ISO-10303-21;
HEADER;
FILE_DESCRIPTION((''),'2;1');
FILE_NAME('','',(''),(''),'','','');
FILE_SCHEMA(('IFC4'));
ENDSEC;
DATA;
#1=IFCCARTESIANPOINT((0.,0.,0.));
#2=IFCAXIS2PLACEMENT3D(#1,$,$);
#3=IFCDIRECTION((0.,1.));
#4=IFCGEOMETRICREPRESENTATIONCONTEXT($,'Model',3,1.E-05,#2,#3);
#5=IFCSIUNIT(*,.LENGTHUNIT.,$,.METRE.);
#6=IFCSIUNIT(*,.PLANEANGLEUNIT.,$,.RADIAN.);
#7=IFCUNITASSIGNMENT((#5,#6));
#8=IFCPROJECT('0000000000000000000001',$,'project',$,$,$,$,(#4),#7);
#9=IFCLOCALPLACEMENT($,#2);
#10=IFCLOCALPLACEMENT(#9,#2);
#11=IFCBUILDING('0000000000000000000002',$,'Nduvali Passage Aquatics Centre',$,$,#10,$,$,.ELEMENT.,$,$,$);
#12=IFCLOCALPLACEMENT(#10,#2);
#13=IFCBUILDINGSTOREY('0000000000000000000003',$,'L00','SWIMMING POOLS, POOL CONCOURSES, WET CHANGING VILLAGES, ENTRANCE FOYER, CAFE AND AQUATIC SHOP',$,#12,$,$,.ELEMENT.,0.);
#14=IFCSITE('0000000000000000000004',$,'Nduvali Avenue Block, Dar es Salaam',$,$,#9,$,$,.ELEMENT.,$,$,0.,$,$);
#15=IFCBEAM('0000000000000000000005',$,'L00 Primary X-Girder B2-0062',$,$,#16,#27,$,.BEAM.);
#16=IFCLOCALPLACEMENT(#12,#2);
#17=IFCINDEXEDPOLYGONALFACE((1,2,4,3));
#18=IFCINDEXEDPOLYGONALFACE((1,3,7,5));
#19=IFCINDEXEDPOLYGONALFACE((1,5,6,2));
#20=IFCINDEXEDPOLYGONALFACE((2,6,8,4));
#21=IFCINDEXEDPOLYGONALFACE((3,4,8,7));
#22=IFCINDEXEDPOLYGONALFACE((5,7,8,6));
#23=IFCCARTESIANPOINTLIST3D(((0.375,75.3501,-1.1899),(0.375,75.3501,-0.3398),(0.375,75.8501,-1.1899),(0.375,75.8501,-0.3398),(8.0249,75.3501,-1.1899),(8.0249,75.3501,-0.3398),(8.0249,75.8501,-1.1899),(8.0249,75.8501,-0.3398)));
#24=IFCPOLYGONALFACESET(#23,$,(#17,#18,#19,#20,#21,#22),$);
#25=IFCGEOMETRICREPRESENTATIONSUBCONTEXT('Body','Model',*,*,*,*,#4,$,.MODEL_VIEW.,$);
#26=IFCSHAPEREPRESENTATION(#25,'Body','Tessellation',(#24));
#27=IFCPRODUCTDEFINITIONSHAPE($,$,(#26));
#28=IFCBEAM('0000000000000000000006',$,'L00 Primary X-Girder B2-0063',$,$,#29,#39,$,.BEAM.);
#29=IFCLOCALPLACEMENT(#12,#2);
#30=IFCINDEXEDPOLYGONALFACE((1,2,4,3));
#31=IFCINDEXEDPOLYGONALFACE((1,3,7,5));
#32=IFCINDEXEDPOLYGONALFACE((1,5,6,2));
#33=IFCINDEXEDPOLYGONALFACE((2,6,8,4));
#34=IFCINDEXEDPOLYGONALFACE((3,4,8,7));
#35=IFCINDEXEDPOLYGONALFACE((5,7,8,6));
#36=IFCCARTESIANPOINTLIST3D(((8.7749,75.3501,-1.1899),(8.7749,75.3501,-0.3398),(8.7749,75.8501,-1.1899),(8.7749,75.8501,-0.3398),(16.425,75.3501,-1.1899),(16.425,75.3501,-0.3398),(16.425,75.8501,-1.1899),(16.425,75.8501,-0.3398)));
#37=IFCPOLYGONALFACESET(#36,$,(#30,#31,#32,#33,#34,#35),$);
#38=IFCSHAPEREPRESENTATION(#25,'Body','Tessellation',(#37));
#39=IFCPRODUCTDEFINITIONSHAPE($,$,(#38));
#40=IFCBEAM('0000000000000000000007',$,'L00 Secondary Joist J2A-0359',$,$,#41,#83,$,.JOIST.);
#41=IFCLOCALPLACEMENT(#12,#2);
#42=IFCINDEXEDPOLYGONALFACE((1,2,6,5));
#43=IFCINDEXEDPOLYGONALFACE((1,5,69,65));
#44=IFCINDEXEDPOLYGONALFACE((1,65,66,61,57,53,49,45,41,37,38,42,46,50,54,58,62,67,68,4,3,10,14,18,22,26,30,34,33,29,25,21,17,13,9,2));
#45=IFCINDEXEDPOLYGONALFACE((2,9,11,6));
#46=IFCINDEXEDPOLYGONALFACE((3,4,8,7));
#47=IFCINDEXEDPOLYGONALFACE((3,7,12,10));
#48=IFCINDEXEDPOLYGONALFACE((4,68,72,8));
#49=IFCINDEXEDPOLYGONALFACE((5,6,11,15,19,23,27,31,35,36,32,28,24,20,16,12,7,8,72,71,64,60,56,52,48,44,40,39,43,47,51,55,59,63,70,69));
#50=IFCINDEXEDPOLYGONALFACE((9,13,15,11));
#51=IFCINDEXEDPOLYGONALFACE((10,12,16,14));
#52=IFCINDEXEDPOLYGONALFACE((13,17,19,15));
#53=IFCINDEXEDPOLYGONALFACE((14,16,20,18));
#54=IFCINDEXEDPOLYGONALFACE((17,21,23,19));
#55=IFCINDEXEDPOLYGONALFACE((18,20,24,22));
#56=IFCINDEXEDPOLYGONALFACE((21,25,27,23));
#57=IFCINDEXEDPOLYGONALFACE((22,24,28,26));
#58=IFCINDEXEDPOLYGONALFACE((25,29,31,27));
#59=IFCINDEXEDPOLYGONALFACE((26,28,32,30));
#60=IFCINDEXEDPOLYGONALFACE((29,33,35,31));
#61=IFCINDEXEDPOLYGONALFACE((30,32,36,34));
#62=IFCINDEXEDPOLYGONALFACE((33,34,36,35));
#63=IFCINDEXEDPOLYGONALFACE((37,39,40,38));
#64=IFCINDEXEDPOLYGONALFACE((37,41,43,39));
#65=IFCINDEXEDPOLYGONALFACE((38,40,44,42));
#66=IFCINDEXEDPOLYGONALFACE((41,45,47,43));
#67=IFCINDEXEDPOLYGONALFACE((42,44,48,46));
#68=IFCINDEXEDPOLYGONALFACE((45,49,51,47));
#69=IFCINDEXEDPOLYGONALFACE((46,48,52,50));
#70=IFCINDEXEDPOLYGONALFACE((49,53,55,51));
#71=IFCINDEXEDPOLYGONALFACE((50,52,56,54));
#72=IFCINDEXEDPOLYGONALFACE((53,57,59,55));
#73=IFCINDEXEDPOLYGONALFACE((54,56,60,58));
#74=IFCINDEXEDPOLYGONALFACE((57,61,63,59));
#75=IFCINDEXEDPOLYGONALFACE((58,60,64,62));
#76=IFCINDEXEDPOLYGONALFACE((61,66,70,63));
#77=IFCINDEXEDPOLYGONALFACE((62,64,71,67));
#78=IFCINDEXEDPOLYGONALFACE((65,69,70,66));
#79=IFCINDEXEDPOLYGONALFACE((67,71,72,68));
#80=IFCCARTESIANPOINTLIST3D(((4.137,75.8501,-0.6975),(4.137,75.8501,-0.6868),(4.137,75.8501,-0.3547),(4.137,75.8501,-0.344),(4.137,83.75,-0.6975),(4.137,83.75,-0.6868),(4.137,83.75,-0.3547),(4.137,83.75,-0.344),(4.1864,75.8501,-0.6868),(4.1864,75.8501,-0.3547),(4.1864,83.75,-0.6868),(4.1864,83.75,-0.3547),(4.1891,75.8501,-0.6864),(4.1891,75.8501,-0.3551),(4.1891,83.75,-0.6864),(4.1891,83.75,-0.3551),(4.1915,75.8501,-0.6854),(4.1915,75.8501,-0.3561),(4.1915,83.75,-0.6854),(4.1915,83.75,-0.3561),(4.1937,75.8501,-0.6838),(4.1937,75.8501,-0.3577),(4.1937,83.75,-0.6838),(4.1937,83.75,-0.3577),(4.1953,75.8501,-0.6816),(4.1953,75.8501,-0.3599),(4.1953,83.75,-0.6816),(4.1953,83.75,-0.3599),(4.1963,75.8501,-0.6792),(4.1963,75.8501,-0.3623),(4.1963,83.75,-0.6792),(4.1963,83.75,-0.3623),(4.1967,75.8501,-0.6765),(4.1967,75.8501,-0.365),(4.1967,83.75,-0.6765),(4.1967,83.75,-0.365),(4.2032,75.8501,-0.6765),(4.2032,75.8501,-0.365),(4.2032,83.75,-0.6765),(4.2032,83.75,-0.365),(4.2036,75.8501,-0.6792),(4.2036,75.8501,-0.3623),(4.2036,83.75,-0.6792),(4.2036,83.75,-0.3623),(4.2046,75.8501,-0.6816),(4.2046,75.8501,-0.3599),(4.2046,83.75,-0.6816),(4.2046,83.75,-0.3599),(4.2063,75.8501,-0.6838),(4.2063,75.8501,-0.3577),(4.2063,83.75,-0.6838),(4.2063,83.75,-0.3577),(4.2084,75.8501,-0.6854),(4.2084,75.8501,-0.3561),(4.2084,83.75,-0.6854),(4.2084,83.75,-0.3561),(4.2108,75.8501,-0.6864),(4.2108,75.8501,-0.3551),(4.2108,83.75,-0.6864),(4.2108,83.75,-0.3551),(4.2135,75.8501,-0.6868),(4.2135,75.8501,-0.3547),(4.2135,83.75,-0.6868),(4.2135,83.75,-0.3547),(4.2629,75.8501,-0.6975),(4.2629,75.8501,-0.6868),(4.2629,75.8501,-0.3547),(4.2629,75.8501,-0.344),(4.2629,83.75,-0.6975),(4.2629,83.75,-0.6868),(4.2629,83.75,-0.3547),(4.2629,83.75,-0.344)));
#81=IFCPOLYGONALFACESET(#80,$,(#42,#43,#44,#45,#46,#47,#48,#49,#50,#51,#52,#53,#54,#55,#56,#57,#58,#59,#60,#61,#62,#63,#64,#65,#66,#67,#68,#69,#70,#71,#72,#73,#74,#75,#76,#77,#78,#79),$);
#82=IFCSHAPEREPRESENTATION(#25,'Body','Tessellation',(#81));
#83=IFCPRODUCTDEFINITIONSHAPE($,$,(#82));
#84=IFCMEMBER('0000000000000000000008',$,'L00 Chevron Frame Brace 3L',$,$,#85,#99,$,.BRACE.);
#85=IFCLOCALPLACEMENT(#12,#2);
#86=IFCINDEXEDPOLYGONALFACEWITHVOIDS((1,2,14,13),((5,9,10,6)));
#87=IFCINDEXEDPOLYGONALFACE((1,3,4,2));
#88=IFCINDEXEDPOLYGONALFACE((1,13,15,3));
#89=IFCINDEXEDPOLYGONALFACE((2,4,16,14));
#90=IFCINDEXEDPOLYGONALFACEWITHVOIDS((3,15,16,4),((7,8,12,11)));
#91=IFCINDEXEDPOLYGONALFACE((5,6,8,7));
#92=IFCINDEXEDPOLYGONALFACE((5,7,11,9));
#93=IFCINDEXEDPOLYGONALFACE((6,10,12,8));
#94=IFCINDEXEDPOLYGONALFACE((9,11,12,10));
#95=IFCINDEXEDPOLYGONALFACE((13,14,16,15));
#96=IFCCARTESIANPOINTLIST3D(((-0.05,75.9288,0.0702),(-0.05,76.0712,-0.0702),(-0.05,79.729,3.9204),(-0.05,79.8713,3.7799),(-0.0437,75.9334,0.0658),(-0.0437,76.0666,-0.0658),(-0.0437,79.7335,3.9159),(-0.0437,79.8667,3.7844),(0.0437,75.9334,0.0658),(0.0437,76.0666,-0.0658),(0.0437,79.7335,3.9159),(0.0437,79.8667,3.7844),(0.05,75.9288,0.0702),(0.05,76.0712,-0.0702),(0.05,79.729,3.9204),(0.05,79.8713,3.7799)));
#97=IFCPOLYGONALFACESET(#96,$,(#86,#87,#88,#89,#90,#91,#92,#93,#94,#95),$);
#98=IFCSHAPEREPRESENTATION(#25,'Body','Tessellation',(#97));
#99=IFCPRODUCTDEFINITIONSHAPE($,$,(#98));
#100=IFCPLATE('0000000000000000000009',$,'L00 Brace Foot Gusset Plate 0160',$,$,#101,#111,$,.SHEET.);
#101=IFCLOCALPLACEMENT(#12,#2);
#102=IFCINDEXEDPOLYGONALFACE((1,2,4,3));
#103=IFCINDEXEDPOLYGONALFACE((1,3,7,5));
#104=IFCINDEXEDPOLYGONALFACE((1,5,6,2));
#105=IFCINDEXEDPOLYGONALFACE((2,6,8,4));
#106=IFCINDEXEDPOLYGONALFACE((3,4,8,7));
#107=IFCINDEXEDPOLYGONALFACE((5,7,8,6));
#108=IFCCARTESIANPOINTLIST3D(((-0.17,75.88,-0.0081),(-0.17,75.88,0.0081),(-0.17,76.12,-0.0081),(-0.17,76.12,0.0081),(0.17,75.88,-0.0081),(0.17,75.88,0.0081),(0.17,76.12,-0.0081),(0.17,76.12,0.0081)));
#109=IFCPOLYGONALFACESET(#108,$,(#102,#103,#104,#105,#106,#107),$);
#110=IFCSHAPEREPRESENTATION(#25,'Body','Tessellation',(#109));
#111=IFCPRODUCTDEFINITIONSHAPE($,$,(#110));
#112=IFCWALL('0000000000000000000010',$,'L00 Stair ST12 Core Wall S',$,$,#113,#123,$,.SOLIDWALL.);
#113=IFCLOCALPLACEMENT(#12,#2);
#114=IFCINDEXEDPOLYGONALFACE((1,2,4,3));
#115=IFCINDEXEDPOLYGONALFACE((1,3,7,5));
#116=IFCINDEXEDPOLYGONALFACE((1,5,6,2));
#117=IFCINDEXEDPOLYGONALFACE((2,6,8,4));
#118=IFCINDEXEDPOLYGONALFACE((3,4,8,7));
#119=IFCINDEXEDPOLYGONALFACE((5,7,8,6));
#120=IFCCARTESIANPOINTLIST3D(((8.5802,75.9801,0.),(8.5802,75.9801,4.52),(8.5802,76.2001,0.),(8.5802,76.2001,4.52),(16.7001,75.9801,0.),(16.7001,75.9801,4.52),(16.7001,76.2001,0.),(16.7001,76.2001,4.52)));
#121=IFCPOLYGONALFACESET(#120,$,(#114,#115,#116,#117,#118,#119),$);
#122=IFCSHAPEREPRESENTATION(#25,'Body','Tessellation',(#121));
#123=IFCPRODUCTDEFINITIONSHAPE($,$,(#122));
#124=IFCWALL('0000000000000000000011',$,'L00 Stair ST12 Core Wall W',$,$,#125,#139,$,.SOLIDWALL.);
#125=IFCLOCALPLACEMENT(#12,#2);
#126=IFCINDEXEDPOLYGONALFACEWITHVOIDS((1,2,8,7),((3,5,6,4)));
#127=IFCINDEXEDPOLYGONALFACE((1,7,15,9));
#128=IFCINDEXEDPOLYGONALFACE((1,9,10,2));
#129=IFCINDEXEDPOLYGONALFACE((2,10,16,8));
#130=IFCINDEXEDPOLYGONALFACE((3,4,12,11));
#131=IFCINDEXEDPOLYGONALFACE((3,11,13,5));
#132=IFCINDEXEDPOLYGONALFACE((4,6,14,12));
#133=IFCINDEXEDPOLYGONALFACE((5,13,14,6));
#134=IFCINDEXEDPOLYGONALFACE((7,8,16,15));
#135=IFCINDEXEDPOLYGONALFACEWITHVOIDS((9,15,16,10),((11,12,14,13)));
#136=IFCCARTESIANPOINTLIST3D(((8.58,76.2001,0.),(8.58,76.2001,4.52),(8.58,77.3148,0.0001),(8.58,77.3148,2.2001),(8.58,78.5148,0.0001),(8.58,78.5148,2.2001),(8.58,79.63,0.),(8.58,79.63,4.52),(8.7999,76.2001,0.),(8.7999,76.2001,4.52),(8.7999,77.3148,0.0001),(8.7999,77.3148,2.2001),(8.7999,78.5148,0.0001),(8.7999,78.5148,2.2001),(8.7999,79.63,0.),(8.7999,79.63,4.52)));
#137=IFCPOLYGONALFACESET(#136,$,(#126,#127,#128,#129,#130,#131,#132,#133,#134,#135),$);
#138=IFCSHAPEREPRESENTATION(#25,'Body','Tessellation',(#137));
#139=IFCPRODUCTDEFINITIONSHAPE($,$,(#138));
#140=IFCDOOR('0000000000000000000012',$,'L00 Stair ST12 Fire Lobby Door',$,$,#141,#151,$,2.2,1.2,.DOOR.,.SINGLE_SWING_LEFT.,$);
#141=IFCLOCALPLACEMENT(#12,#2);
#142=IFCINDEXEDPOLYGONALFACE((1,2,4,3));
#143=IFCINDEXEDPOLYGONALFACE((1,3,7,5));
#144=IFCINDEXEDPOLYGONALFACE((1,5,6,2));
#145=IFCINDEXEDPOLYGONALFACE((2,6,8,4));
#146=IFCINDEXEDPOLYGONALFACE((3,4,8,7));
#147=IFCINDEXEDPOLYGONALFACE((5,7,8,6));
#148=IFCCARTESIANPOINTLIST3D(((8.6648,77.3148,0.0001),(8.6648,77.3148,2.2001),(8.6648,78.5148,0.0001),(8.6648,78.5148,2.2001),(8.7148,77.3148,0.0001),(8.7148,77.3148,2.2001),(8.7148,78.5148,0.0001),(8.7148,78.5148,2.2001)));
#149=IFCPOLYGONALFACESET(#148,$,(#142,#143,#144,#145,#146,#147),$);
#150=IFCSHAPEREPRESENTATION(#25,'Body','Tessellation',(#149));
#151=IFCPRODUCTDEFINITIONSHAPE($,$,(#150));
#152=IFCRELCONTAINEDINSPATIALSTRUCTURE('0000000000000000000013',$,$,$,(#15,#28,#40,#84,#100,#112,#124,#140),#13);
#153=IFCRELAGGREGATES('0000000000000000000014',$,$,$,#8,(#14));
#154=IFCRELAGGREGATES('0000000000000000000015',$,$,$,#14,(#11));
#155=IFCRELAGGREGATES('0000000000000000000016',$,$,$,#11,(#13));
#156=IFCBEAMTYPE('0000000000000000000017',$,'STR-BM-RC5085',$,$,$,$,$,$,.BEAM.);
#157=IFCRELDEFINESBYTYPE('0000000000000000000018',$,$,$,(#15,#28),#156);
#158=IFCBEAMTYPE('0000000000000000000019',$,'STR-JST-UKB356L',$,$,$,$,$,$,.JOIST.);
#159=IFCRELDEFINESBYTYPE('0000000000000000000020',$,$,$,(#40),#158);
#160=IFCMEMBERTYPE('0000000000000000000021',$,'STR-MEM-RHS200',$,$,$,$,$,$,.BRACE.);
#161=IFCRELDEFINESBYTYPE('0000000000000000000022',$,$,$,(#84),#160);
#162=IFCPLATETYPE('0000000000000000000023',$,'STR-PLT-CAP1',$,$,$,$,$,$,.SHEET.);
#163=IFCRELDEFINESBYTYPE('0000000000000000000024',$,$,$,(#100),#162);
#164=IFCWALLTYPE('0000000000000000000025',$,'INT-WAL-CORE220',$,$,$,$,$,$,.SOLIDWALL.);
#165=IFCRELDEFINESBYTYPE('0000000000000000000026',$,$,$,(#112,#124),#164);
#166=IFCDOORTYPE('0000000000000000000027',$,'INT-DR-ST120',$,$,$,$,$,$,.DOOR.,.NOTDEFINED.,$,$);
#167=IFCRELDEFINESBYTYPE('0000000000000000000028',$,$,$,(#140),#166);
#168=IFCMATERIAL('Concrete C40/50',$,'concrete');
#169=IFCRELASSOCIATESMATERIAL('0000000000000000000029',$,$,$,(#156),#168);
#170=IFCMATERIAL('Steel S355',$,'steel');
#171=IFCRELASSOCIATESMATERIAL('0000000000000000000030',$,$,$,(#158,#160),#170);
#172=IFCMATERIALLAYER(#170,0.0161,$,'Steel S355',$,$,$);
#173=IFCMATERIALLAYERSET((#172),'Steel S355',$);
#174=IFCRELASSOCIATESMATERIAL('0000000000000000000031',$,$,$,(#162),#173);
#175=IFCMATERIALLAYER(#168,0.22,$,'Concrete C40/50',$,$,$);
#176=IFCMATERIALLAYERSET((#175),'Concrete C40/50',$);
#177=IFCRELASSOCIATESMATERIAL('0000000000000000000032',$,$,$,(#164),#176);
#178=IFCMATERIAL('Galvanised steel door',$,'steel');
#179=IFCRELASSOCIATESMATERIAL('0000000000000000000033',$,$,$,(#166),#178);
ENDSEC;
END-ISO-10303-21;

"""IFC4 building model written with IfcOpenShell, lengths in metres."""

from ifc_helpers import new_model, si_unit, direction, frame, frame_2d, origin, origin_2d, place, context, subcontext, project, spatial, rectangle, hollow_rectangle, i_section, extrude, material, layer, layer_set, material_profile, profile_set, type_object, element, fill, save


model = new_model("IFC4")

# Units and contexts
model_context = context("Model", 3, precision=1e-05, world=origin(), true_north=direction((0.0, 1.0)))
body_context = subcontext(model_context, "Body", "Model", "MODEL_VIEW")
ifc_project = project(units=[si_unit("LENGTHUNIT", "METRE"), si_unit("PLANEANGLEUNIT", "RADIAN")], contexts=[model_context])

# Site, building, storey
site_placement = place(None, origin())
site = spatial("IfcSite", under=ifc_project, at=site_placement, Name="Nduvali Avenue Block, Dar es Salaam", CompositionType="ELEMENT", RefElevation=0.0)
building_placement = place(site_placement, origin())
building = spatial("IfcBuilding", under=site, at=building_placement, Name="Nduvali Passage Aquatics Centre", CompositionType="ELEMENT")
storey_placement = place(building_placement, origin())
storey = spatial("IfcBuildingStorey", under=building, at=storey_placement, Name="L00", Description="SWIMMING POOLS, POOL CONCOURSES, WET CHANGING VILLAGES, ENTRANCE FOYER, CAFE AND AQUATIC SHOP", CompositionType="ELEMENT", Elevation=0.0)

# Shared definitions
ifc_material_1 = material(Name="Concrete C40/50", Category="concrete")

# Beams
ifc_material_profile_1 = material_profile(ifc_material_1, rectangle(XDim=0.5, YDim=0.8501, at=origin_2d()), Name="RC 500x850")
ifc_profile_set_1 = profile_set([ifc_material_profile_1], Name="Concrete C40/50")
beam_type_1 = type_object("IfcBeamType", Name="STR-BM-RC5085", PredefinedType="BEAM", material=ifc_profile_set_1)
beam_1_placement = place(storey_placement, frame((0.375, 75.6001, -0.7649), z_axis=(1.0, 0.0, 0.0), x_axis=(0.0, 1.0, 0.0)))
element("IfcBeam", 1, at=beam_1_placement, inside=storey, type_object=beam_type_1, Name="L00 Primary X-Girder B2-0062", PredefinedType="BEAM", context=body_context, shape_type="SweptSolid", body=[
    extrude(rectangle(XDim=0.5, YDim=0.8501, at=origin_2d()), origin(), (0.0, 0.0, 1.0), 7.6499),
])
beam_2_placement = place(storey_placement, frame((8.7749, 75.6001, -0.7649), z_axis=(1.0, 0.0, 0.0), x_axis=(0.0, 1.0, 0.0)))
element("IfcBeam", 2, at=beam_2_placement, inside=storey, type_object=beam_type_1, Name="L00 Primary X-Girder B2-0063", PredefinedType="BEAM", context=body_context, shape_type="SweptSolid", body=[
    extrude(rectangle(XDim=0.5, YDim=0.8501, at=origin_2d()), origin(), (0.0, 0.0, 1.0), 7.6501),
])
ifc_material_2 = material(Name="Steel S355", Category="steel")
ifc_material_profile_2 = material_profile(ifc_material_2, i_section(OverallWidth=0.126, OverallDepth=0.3535, WebThickness=0.0066, FlangeThickness=0.0107, FilletRadius=0.0103, at=origin_2d()), Name="UKB 356x127x39")
ifc_profile_set_2 = profile_set([ifc_material_profile_2], Name="Steel S355")
beam_type_2 = type_object("IfcBeamType", Name="STR-JST-UKB356L", PredefinedType="JOIST", material=ifc_profile_set_2)
beam_3_placement = place(storey_placement, frame((4.2, 75.8501, -0.5208), z_axis=(0.0, 1.0, 0.0), x_axis=(-1.0, 0.0, 0.0)))
element("IfcBeam", 3, at=beam_3_placement, inside=storey, type_object=beam_type_2, Name="L00 Secondary Joist J2A-0359", PredefinedType="JOIST", context=body_context, shape_type="SweptSolid", body=[
    extrude(i_section(OverallWidth=0.126, OverallDepth=0.3535, WebThickness=0.0066, FlangeThickness=0.0107, FilletRadius=0.0103, at=origin_2d()), origin(), (0.0, 0.0, 1.0), 7.8999),
])

# Member
ifc_material_profile_3 = material_profile(ifc_material_2, hollow_rectangle(XDim=0.1001, YDim=0.2, WallThickness=0.0063, at=origin_2d()), Name="RHS 200x100x6.3")
ifc_profile_set_3 = profile_set([ifc_material_profile_3], Name="Steel S355")
member_type = type_object("IfcMemberType", Name="STR-MEM-RHS200", PredefinedType="BRACE", material=ifc_profile_set_3)
member_placement = place(storey_placement, frame((0.0, 76.0, 0.0), z_axis=(0.0, 0.702466, 0.711718), x_axis=(-1.0, 0.0, 0.0)))
element("IfcMember", 4, at=member_placement, inside=storey, type_object=member_type, Name="L00 Chevron Frame Brace 3L", PredefinedType="BRACE", context=body_context, shape_type="SweptSolid", body=[
    extrude(hollow_rectangle(XDim=0.1001, YDim=0.2, WallThickness=0.0063, at=origin_2d()), origin(), (0.0, 0.0, 1.0), 5.4097),
])

# Plate
ifc_layer_1 = layer(ifc_material_2, 0.0161, Name="Steel S355")
ifc_layer_set_1 = layer_set([ifc_layer_1], Name="Steel S355")
plate_type = type_object("IfcPlateType", Name="STR-PLT-CAP1", PredefinedType="SHEET", material=ifc_layer_set_1)
plate_placement = place(storey_placement, frame((0.0, 76.0, -0.0081), z_axis=(0.0, 0.0, 1.0), x_axis=(1.0, 0.0, 0.0)))
element("IfcPlate", 5, at=plate_placement, inside=storey, type_object=plate_type, Name="L00 Brace Foot Gusset Plate 0160", PredefinedType="SHEET", context=body_context, shape_type="SweptSolid", body=[
    extrude(rectangle(XDim=0.3401, YDim=0.24, at=origin_2d()), origin(), (0.0, 0.0, 1.0), 0.0161),
])

# Wall
ifc_layer_2 = layer(ifc_material_1, 0.22, Name="Concrete C40/50")
ifc_layer_set_2 = layer_set([ifc_layer_2], Name="Concrete C40/50")
wall_type = type_object("IfcWallType", Name="INT-WAL-CORE220", PredefinedType="SOLIDWALL", material=ifc_layer_set_2)
wall_1_placement = place(storey_placement, frame((8.5801, 76.0901, 0.0), z_axis=(0.0, 0.0, 1.0), x_axis=(1.0, 0.0, 0.0)))
element("IfcWall", 6, at=wall_1_placement, inside=storey, type_object=wall_type, Name="L00 Stair ST12 Core Wall S", PredefinedType="SOLIDWALL", context=body_context, shape_type="SweptSolid", body=[
    extrude(rectangle(XDim=8.1199, YDim=0.22, at=frame_2d((4.0601, 0.0))), origin(), (0.0, 0.0, 1.0), 4.52),
])

# Wall, opening, door
wall_2_placement = place(storey_placement, frame((8.6899, 79.6299, 0.0), z_axis=(0.0, 0.0, 1.0), x_axis=(0.0, -1.0, 0.0)))
wall_2 = element("IfcWall", 7, at=wall_2_placement, inside=storey, type_object=wall_type, Name="L00 Stair ST12 Core Wall W", PredefinedType="SOLIDWALL", context=body_context, shape_type="SweptSolid", body=[
    extrude(rectangle(XDim=3.4299, YDim=0.22, at=frame_2d((1.7148, 0.0))), origin(), (0.0, 0.0, 1.0), 4.52),
])
opening_placement = place(wall_2_placement, frame((1.115, 0.0, 0.0)))
opening = element("IfcOpeningElement", 8, at=opening_placement, cuts=wall_2, PredefinedType="OPENING", context=body_context, shape_type="SweptSolid", body=[
    extrude(rectangle(XDim=1.2, YDim=2.2, at=frame_2d((0.6001, 1.1001))), frame((0.0, 0.125, 0.0), z_axis=(0.0, -1.0, 0.0), x_axis=(1.0, 0.0, 0.0)), (0.0, 0.0, 1.0), 0.2498),
])
ifc_material_3 = material(Name="Galvanised steel door", Category="steel")
door_type = type_object("IfcDoorType", Name="INT-DR-ST120", OperationType="NOTDEFINED", PredefinedType="DOOR", material=ifc_material_3)
door_placement = place(opening_placement, origin())
door = element("IfcDoor", 9, at=door_placement, inside=storey, type_object=door_type, Name="L00 Stair ST12 Fire Lobby Door", OperationType="SINGLE_SWING_LEFT", OverallHeight=2.2, OverallWidth=1.2, PredefinedType="DOOR", context=body_context, shape_type="SweptSolid", body=[
    extrude(rectangle(XDim=1.2, YDim=2.2, at=frame_2d((0.6001, 1.1001))), frame((0.0, 0.0249, 0.0), z_axis=(0.0, -1.0, 0.0), x_axis=(1.0, 0.0, 0.0)), (0.0, 0.0, 1.0), 0.05),
])
fill(opening, door)

save(model, "model.ifc")
